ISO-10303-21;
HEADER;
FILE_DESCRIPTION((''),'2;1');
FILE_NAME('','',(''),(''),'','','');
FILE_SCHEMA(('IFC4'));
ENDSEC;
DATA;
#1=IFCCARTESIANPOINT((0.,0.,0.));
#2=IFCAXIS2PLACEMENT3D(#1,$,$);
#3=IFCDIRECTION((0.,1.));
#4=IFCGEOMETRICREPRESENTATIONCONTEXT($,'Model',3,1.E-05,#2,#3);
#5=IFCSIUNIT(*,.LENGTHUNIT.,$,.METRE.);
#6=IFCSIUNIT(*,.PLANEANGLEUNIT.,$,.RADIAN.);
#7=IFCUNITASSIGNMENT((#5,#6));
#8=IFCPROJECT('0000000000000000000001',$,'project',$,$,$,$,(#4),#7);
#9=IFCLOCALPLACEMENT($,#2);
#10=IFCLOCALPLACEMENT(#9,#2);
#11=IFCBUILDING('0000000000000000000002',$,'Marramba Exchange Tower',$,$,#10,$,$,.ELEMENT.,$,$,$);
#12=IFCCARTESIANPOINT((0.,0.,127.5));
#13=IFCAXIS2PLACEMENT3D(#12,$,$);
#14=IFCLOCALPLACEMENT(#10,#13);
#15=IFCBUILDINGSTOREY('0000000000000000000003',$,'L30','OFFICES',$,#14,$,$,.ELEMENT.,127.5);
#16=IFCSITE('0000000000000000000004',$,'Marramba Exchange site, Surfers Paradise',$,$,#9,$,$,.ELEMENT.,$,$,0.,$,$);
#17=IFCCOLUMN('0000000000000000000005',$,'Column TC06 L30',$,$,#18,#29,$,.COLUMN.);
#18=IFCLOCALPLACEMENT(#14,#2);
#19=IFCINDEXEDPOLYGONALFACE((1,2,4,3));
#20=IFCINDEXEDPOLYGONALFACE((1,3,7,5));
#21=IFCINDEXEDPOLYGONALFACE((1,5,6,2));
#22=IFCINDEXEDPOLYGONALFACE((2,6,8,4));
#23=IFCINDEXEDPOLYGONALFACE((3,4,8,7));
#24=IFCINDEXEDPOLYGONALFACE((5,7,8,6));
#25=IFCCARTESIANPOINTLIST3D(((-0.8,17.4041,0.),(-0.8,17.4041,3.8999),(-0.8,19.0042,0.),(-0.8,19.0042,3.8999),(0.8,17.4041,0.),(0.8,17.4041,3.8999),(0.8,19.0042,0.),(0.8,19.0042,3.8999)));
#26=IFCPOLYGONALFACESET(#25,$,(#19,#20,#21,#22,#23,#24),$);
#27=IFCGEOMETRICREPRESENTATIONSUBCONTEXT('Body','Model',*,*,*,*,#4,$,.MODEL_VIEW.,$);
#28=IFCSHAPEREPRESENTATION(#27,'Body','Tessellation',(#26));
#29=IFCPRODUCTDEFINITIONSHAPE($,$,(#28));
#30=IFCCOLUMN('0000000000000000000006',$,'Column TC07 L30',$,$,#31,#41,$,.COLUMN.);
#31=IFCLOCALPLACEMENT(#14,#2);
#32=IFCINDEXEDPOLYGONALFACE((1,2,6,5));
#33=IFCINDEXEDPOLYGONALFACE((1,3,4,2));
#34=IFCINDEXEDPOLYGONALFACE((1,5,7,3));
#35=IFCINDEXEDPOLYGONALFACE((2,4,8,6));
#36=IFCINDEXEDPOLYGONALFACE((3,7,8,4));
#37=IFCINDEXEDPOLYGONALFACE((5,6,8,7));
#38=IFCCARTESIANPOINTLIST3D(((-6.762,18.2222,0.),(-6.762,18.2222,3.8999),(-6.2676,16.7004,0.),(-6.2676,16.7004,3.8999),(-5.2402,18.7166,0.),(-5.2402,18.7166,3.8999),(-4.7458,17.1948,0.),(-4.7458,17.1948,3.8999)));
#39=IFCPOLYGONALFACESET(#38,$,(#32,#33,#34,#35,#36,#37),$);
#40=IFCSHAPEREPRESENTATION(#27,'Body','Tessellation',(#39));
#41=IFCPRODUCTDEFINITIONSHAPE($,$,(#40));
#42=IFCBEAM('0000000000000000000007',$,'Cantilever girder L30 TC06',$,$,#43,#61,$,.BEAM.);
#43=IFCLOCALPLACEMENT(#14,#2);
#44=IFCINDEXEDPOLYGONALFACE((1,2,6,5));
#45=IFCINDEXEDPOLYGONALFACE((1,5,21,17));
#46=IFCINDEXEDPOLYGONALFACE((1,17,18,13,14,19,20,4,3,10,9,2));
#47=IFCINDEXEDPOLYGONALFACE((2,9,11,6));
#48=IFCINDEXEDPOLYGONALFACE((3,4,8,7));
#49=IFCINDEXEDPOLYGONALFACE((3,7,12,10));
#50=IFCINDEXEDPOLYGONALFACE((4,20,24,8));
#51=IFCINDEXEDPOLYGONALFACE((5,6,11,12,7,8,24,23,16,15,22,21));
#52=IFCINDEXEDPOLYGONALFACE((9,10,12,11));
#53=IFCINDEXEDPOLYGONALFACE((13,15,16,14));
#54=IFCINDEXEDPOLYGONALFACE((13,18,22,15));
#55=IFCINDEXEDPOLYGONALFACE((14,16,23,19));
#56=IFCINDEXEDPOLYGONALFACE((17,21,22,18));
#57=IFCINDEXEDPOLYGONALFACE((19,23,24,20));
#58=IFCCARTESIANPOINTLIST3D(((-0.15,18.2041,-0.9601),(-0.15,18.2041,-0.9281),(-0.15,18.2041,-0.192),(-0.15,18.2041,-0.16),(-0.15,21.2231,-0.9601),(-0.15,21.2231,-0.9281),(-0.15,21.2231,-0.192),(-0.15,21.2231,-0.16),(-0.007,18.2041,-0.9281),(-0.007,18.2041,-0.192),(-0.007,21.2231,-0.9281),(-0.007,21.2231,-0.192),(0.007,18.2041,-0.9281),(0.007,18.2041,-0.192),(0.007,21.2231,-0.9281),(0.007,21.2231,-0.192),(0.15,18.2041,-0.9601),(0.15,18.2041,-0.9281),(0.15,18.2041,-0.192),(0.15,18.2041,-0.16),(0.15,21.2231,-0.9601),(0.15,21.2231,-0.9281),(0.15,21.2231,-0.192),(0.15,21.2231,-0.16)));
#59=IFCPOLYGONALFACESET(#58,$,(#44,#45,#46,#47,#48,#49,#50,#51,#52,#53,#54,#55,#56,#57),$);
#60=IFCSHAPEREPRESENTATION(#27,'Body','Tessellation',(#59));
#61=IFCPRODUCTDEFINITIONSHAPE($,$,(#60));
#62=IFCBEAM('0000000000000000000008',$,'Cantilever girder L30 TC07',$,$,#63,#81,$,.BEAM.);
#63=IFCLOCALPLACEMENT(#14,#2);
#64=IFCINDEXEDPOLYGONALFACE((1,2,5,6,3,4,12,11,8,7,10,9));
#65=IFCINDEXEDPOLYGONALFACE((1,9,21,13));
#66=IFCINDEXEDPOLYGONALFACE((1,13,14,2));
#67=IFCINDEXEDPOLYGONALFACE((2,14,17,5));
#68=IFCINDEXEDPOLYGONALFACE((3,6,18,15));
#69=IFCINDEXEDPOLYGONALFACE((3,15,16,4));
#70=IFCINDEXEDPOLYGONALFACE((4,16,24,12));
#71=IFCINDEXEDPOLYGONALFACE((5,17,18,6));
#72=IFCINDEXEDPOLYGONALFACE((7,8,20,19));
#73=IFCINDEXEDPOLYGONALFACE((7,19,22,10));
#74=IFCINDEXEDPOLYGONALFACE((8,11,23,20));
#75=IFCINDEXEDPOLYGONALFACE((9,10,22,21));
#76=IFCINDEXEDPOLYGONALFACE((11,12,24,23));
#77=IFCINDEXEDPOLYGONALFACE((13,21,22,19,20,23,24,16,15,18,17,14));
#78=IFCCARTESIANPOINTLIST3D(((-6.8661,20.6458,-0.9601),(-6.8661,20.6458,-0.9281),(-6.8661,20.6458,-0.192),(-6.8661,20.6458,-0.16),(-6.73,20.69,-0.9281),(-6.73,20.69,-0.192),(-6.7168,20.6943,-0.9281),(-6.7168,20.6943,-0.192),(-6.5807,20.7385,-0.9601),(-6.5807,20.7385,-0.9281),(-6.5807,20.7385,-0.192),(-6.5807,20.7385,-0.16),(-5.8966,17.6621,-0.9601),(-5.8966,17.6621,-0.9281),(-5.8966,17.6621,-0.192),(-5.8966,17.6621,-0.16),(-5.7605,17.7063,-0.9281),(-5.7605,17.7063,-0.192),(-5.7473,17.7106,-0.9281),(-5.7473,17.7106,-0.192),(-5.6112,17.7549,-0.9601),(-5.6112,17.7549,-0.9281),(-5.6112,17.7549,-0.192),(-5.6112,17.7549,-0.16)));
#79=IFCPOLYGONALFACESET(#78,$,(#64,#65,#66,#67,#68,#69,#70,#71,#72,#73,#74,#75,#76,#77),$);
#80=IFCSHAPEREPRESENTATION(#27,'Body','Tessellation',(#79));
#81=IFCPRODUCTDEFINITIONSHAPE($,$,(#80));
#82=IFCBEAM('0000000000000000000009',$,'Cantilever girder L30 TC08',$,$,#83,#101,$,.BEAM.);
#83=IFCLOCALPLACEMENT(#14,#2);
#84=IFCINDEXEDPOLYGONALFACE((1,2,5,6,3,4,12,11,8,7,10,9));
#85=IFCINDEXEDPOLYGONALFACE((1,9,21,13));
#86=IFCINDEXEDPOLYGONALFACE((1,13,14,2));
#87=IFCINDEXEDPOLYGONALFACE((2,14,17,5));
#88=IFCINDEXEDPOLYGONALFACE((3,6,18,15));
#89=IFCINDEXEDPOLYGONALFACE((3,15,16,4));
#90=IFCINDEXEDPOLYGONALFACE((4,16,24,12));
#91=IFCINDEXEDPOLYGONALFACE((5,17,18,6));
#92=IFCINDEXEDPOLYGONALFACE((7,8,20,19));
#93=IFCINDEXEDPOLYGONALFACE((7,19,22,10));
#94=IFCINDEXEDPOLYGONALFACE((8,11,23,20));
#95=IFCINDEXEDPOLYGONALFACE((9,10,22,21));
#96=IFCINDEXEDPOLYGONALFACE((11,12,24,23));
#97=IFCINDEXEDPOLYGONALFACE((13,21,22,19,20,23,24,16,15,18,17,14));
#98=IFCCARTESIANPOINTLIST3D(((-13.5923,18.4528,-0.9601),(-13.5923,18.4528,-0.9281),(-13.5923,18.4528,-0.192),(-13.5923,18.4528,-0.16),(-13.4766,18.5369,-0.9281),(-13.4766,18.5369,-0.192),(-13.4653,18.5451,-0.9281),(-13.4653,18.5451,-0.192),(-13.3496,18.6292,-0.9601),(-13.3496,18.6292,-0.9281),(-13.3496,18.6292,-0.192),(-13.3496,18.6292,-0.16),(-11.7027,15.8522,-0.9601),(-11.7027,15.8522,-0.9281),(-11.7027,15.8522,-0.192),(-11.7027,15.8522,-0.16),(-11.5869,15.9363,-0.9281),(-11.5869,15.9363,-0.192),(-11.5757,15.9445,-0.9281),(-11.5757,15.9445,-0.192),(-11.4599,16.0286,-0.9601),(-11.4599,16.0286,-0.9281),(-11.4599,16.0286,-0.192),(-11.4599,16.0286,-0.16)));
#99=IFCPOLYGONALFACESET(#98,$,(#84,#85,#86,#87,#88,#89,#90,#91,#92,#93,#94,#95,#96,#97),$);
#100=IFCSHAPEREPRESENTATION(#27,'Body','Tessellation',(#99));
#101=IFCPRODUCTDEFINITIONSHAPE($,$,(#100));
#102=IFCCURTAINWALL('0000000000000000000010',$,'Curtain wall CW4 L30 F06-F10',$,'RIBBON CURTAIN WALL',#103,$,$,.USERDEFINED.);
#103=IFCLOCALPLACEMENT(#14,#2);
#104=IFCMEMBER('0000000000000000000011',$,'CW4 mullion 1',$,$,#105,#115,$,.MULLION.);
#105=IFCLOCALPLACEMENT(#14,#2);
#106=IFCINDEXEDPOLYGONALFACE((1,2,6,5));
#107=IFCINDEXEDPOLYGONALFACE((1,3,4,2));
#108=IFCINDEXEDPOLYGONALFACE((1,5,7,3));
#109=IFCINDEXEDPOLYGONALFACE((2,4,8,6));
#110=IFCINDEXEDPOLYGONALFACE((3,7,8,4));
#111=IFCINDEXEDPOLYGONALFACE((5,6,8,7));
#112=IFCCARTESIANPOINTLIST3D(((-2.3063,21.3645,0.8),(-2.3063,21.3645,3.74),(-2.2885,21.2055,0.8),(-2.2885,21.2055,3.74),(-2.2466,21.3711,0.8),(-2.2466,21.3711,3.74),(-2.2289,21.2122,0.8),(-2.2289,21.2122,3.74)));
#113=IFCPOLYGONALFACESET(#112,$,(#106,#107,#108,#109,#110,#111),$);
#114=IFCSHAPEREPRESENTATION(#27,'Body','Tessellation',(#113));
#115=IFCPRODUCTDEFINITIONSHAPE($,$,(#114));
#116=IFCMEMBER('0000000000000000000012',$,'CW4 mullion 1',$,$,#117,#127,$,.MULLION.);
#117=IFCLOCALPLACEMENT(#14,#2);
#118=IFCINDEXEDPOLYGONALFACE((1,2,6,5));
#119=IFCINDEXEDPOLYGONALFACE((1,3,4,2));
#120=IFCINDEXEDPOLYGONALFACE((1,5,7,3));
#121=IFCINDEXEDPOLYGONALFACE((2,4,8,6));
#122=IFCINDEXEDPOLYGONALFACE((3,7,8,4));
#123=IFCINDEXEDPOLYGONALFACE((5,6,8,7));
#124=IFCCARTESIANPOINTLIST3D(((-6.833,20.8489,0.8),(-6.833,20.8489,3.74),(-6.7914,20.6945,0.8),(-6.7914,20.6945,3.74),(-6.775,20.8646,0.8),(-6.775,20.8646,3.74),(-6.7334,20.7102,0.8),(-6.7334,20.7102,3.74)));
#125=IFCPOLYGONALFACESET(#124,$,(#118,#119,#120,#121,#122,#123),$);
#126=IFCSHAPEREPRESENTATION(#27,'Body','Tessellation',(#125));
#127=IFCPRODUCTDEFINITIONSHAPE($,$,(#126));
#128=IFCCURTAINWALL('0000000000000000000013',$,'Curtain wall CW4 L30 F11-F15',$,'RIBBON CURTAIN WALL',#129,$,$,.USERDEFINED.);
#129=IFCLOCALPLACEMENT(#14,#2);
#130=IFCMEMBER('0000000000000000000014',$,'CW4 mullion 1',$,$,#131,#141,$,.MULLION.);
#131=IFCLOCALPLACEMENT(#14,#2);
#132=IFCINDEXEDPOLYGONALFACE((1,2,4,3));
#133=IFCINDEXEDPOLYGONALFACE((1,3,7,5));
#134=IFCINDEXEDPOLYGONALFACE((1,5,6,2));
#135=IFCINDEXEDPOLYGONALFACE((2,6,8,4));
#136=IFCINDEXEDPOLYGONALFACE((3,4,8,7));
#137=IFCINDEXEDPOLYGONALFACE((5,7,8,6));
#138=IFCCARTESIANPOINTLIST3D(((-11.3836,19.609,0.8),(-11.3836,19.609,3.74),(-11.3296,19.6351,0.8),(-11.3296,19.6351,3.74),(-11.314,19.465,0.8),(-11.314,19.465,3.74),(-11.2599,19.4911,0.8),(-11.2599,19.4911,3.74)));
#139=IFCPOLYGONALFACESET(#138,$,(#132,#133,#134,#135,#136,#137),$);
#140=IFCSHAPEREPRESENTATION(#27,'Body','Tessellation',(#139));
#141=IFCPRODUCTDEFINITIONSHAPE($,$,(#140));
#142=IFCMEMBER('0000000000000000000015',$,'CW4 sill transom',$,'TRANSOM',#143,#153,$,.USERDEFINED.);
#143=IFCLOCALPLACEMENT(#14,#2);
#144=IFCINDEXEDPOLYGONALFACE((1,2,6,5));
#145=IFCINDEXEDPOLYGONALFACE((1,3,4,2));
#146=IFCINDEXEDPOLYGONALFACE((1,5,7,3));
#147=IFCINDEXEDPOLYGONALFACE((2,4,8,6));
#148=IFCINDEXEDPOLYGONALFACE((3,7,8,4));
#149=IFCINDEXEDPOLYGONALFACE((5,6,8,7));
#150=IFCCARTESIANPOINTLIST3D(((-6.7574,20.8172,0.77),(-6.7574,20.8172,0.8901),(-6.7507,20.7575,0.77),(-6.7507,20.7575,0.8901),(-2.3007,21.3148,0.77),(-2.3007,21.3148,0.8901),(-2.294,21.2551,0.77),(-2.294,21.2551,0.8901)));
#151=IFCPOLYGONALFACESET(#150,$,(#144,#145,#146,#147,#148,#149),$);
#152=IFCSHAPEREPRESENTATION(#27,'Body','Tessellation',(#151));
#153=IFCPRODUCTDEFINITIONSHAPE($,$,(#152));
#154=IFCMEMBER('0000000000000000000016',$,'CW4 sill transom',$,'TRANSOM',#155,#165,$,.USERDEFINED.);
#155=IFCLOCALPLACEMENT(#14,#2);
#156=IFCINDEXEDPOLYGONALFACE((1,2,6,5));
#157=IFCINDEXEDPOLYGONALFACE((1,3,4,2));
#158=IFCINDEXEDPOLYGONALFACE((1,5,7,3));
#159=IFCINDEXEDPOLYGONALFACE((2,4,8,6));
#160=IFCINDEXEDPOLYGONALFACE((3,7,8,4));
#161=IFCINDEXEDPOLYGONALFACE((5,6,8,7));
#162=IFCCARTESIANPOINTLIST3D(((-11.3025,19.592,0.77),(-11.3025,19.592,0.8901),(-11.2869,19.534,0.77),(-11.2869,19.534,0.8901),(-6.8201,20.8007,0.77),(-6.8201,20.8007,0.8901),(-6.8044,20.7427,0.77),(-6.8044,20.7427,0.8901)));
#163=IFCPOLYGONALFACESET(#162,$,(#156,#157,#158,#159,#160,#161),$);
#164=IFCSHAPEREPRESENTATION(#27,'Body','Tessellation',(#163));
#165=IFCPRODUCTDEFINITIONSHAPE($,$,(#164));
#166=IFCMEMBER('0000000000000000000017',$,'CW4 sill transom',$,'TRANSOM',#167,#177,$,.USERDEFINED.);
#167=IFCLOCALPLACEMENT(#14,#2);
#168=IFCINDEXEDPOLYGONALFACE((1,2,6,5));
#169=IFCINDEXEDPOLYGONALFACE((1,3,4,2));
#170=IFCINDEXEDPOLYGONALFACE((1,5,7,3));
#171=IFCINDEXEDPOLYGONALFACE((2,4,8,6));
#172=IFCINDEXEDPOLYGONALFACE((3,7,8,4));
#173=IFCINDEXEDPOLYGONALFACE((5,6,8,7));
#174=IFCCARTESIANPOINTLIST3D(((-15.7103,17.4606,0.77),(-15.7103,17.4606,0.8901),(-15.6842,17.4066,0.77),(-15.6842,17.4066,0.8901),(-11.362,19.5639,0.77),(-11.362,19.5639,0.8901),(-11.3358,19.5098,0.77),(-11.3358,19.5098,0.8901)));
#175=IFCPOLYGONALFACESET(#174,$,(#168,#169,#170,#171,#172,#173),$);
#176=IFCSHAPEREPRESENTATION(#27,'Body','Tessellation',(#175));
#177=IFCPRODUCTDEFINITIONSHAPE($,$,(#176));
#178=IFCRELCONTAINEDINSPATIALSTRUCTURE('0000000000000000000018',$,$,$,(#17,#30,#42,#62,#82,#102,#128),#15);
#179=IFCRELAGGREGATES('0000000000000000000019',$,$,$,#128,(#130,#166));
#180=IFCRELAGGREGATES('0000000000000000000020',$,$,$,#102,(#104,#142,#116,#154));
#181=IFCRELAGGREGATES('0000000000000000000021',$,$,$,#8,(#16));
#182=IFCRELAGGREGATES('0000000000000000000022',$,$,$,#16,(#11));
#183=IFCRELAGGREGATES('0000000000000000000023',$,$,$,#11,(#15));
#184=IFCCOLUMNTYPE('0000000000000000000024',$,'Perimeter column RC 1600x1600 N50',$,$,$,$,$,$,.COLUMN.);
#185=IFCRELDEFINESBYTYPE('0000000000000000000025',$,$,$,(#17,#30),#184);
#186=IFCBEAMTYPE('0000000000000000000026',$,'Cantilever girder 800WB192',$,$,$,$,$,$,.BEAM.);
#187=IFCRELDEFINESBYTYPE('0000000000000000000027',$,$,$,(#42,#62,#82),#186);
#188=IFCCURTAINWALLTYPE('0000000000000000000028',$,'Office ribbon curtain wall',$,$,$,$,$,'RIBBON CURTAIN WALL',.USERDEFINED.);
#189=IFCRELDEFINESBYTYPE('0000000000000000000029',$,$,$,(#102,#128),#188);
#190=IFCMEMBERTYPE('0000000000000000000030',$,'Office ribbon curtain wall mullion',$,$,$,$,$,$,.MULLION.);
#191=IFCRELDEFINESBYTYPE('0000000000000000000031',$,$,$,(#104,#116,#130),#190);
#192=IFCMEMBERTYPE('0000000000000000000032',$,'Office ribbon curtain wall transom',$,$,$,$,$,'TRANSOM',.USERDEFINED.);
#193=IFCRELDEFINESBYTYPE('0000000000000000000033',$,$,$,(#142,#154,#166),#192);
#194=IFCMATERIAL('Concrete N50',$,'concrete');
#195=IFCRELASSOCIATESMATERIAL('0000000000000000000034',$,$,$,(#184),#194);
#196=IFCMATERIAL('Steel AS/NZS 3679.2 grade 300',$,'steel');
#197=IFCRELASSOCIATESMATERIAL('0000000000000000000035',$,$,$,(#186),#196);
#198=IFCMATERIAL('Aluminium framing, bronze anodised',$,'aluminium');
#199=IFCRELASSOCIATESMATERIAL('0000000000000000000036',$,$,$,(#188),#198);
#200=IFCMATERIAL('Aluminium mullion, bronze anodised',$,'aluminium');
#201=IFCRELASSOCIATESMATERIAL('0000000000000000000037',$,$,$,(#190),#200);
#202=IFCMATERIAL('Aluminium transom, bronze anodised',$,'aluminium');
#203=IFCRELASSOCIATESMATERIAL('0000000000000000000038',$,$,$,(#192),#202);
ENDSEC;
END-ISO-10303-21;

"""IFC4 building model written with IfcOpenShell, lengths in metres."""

from ifc_helpers import new_model, si_unit, direction, frame, origin, origin_2d, place, context, subcontext, project, spatial, rectangle, i_section, extrude, material, material_profile, profile_set, type_object, element, aggregate, save


model = new_model("IFC4")

# Units and contexts
model_context = context("Model", 3, precision=1e-05, world=origin(), true_north=direction((0.0, 1.0)))
body_context = subcontext(model_context, "Body", "Model", "MODEL_VIEW")
ifc_project = project(units=[si_unit("LENGTHUNIT", "METRE"), si_unit("PLANEANGLEUNIT", "RADIAN")], contexts=[model_context])

# Site, building, storey
site_placement = place(None, origin())
site = spatial("IfcSite", under=ifc_project, at=site_placement, Name="Marramba Exchange site, Surfers Paradise", CompositionType="ELEMENT", RefElevation=0.0)
building_placement = place(site_placement, origin())
building = spatial("IfcBuilding", under=site, at=building_placement, Name="Marramba Exchange Tower", CompositionType="ELEMENT")
storey_placement = place(building_placement, frame((0.0, 0.0, 127.5)))
storey = spatial("IfcBuildingStorey", under=building, at=storey_placement, Name="L30", Description="OFFICES", CompositionType="ELEMENT", Elevation=127.5)

# Columns
ifc_material_1 = material(Name="Concrete N50", Category="concrete")
ifc_material_profile_1 = material_profile(ifc_material_1, rectangle(XDim=1.6001, YDim=1.6001, at=origin_2d()), Name="RC 1600x1600")
ifc_profile_set_1 = profile_set([ifc_material_profile_1], Name="Concrete N50")
column_type = type_object("IfcColumnType", Name="Perimeter column RC 1600x1600 N50", PredefinedType="COLUMN", material=ifc_profile_set_1)
for number, where, z_axis, x_axis, name in (
    (1, (0.0, 18.2041, 0.0), (0.0, 0.0, 1.0), (0.0, 1.0, 0.0), "Column TC06 L30"),
    (2, (-5.7539, 17.7085, 0.0), (0.0, 0.0, 1.0), (-0.309017, 0.951057, 0.0), "Column TC07 L30"),
):
    element("IfcColumn", number, at=place(storey_placement, frame(where, z_axis=z_axis, x_axis=x_axis)), inside=storey, type_object=column_type, Name=name, PredefinedType="COLUMN", context=body_context, shape_type="SweptSolid", body=[
        extrude(rectangle(XDim=1.6001, YDim=1.6001, at=origin_2d()), origin(), (0.0, 0.0, 1.0), 3.8999),
    ])

# Beams
ifc_material_2 = material(Name="Steel AS/NZS 3679.2 grade 300", Category="steel")
ifc_material_profile_2 = material_profile(ifc_material_2, i_section(OverallWidth=0.3, OverallDepth=0.8, WebThickness=0.0139, FlangeThickness=0.032, at=origin_2d()), Name="800WB192")
ifc_profile_set_2 = profile_set([ifc_material_profile_2], Name="Steel AS/NZS 3679.2 grade 300")
beam_type_1 = type_object("IfcBeamType", Name="Cantilever girder 800WB192", PredefinedType="BEAM", material=ifc_profile_set_2)
beam_1_placement = place(storey_placement, frame((0.0, 18.2041, -0.5601), z_axis=(0.0, 1.0, 0.0), x_axis=(-1.0, 0.0, 0.0)))
element("IfcBeam", 3, at=beam_1_placement, inside=storey, type_object=beam_type_1, Name="Cantilever girder L30 TC06", PredefinedType="BEAM", context=body_context, shape_type="SweptSolid", body=[
    extrude(i_section(OverallWidth=0.3, OverallDepth=0.8, WebThickness=0.0139, FlangeThickness=0.032, at=origin_2d()), origin(), (0.0, 0.0, 1.0), 3.019),
])
beam_2_placement = place(storey_placement, frame((-5.7539, 17.7085, -0.5601), z_axis=(-0.309028, 0.951053, 0.0), x_axis=(-0.951053, -0.309028, 0.0)))
element("IfcBeam", 4, at=beam_2_placement, inside=storey, type_object=beam_type_1, Name="Cantilever girder L30 TC07", PredefinedType="BEAM", context=body_context, shape_type="SweptSolid", body=[
    extrude(i_section(OverallWidth=0.3, OverallDepth=0.8, WebThickness=0.0139, FlangeThickness=0.032, at=origin_2d()), origin(), (0.0, 0.0, 1.0), 3.1372),
])
beam_3_placement = place(storey_placement, frame((-11.5813, 15.9404, -0.5601), z_axis=(-0.587828, 0.808986, 0.0), x_axis=(-0.808986, -0.587828, 0.0)))
element("IfcBeam", 5, at=beam_3_placement, inside=storey, type_object=beam_type_1, Name="Cantilever girder L30 TC08", PredefinedType="BEAM", context=body_context, shape_type="SweptSolid", body=[
    extrude(i_section(OverallWidth=0.3, OverallDepth=0.8, WebThickness=0.0139, FlangeThickness=0.032, at=origin_2d()), origin(), (0.0, 0.0, 1.0), 3.2146),
])

# Curtain wall, members
ifc_material_3 = material(Name="Aluminium framing, bronze anodised", Category="aluminium")
curtain_wall_type = type_object("IfcCurtainWallType", Name="Office ribbon curtain wall", ElementType="RIBBON CURTAIN WALL", PredefinedType="USERDEFINED", material=ifc_material_3)
curtain_wall_1_placement = place(storey_placement, origin())
curtain_wall_1 = element("IfcCurtainWall", 6, at=curtain_wall_1_placement, inside=storey, type_object=curtain_wall_type, Name="Curtain wall CW4 L30 F06-F10", ObjectType="RIBBON CURTAIN WALL", PredefinedType="USERDEFINED")
ifc_material_4 = material(Name="Aluminium mullion, bronze anodised", Category="aluminium")
ifc_material_profile_3 = material_profile(ifc_material_4, rectangle(XDim=0.1599, YDim=0.0601, at=origin_2d()), Name="CW4 mullion 60x160")
ifc_profile_set_3 = profile_set([ifc_material_profile_3], Name="Aluminium mullion, bronze anodised")
member_type_1 = type_object("IfcMemberType", Name="Office ribbon curtain wall mullion", PredefinedType="MULLION", material=ifc_profile_set_3)
member_1_placement = place(storey_placement, frame((-2.2676, 21.2883, 0.8), z_axis=(0.0, 0.0, 1.0), x_axis=(0.110973, -0.993823, 0.0)))
member_1 = element("IfcMember", 7, at=member_1_placement, type_object=member_type_1, Name="CW4 mullion 1", PredefinedType="MULLION", context=body_context, shape_type="SweptSolid", body=[
    extrude(rectangle(XDim=0.1599, YDim=0.0601, at=origin_2d()), origin(), (0.0, 0.0, 1.0), 2.9399),
])
member_2_placement = place(storey_placement, frame((-6.7832, 20.7795, 0.8), z_axis=(0.0, 0.0, 1.0), x_axis=(0.260321, -0.965522, 0.0)))
member_2 = element("IfcMember", 8, at=member_2_placement, type_object=member_type_1, Name="CW4 mullion 1", PredefinedType="MULLION", context=body_context, shape_type="SweptSolid", body=[
    extrude(rectangle(XDim=0.1599, YDim=0.0601, at=origin_2d()), origin(), (0.0, 0.0, 1.0), 2.9399),
])

# Curtain wall, member
curtain_wall_2_placement = place(storey_placement, origin())
curtain_wall_2 = element("IfcCurtainWall", 9, at=curtain_wall_2_placement, inside=storey, type_object=curtain_wall_type, Name="Curtain wall CW4 L30 F11-F15", ObjectType="RIBBON CURTAIN WALL", PredefinedType="USERDEFINED")
member_3_placement = place(storey_placement, frame((-11.3218, 19.55, 0.8), z_axis=(0.0, 0.0, 1.0), x_axis=(0.435428, -0.900224, 0.0)))
member_3 = element("IfcMember", 10, at=member_3_placement, type_object=member_type_1, Name="CW4 mullion 1", PredefinedType="MULLION", context=body_context, shape_type="SweptSolid", body=[
    extrude(rectangle(XDim=0.1599, YDim=0.0601, at=origin_2d()), origin(), (0.0, 0.0, 1.0), 2.9399),
])

# Members
ifc_material_5 = material(Name="Aluminium transom, bronze anodised", Category="aluminium")
ifc_material_profile_4 = material_profile(ifc_material_5, rectangle(XDim=0.0601, YDim=0.1201, at=origin_2d()), Name="CW4 transom 60x120")
ifc_profile_set_4 = profile_set([ifc_material_profile_4], Name="Aluminium transom, bronze anodised")
member_type_2 = type_object("IfcMemberType", Name="Office ribbon curtain wall transom", ElementType="TRANSOM", PredefinedType="USERDEFINED", material=ifc_profile_set_4)
member_4_placement = place(storey_placement, frame((-2.2974, 21.2849, 0.8301), z_axis=(-0.993826, -0.110951, 0.0), x_axis=(0.110951, -0.993826, 0.0)))
member_4 = element("IfcMember", 11, at=member_4_placement, type_object=member_type_2, Name="CW4 sill transom", ObjectType="TRANSOM", PredefinedType="USERDEFINED", context=body_context, shape_type="SweptSolid", body=[
    extrude(rectangle(XDim=0.0601, YDim=0.1201, at=origin_2d()), origin(), (0.0, 0.0, 1.0), 4.4844),
])
member_5_placement = place(storey_placement, frame((-6.8123, 20.7717, 0.8301), z_axis=(-0.965511, -0.260362, 0.0), x_axis=(0.260362, -0.965511, 0.0)))
member_5 = element("IfcMember", 12, at=member_5_placement, type_object=member_type_2, Name="CW4 sill transom", ObjectType="TRANSOM", PredefinedType="USERDEFINED", context=body_context, shape_type="SweptSolid", body=[
    extrude(rectangle(XDim=0.0601, YDim=0.1201, at=origin_2d()), origin(), (0.0, 0.0, 1.0), 4.6426),
])
member_6_placement = place(storey_placement, frame((-11.3489, 19.5369, 0.8301), z_axis=(-0.900223, -0.435429, 0.0), x_axis=(0.435429, -0.900223, 0.0)))
member_6 = element("IfcMember", 13, at=member_6_placement, type_object=member_type_2, Name="CW4 sill transom", ObjectType="TRANSOM", PredefinedType="USERDEFINED", context=body_context, shape_type="SweptSolid", body=[
    extrude(rectangle(XDim=0.0601, YDim=0.1201, at=origin_2d()), origin(), (0.0, 0.0, 1.0), 4.8303),
])
aggregate(curtain_wall_2, [member_3, member_6])

aggregate(curtain_wall_1, [member_1, member_4, member_2, member_5])

save(model, "model.ifc")
